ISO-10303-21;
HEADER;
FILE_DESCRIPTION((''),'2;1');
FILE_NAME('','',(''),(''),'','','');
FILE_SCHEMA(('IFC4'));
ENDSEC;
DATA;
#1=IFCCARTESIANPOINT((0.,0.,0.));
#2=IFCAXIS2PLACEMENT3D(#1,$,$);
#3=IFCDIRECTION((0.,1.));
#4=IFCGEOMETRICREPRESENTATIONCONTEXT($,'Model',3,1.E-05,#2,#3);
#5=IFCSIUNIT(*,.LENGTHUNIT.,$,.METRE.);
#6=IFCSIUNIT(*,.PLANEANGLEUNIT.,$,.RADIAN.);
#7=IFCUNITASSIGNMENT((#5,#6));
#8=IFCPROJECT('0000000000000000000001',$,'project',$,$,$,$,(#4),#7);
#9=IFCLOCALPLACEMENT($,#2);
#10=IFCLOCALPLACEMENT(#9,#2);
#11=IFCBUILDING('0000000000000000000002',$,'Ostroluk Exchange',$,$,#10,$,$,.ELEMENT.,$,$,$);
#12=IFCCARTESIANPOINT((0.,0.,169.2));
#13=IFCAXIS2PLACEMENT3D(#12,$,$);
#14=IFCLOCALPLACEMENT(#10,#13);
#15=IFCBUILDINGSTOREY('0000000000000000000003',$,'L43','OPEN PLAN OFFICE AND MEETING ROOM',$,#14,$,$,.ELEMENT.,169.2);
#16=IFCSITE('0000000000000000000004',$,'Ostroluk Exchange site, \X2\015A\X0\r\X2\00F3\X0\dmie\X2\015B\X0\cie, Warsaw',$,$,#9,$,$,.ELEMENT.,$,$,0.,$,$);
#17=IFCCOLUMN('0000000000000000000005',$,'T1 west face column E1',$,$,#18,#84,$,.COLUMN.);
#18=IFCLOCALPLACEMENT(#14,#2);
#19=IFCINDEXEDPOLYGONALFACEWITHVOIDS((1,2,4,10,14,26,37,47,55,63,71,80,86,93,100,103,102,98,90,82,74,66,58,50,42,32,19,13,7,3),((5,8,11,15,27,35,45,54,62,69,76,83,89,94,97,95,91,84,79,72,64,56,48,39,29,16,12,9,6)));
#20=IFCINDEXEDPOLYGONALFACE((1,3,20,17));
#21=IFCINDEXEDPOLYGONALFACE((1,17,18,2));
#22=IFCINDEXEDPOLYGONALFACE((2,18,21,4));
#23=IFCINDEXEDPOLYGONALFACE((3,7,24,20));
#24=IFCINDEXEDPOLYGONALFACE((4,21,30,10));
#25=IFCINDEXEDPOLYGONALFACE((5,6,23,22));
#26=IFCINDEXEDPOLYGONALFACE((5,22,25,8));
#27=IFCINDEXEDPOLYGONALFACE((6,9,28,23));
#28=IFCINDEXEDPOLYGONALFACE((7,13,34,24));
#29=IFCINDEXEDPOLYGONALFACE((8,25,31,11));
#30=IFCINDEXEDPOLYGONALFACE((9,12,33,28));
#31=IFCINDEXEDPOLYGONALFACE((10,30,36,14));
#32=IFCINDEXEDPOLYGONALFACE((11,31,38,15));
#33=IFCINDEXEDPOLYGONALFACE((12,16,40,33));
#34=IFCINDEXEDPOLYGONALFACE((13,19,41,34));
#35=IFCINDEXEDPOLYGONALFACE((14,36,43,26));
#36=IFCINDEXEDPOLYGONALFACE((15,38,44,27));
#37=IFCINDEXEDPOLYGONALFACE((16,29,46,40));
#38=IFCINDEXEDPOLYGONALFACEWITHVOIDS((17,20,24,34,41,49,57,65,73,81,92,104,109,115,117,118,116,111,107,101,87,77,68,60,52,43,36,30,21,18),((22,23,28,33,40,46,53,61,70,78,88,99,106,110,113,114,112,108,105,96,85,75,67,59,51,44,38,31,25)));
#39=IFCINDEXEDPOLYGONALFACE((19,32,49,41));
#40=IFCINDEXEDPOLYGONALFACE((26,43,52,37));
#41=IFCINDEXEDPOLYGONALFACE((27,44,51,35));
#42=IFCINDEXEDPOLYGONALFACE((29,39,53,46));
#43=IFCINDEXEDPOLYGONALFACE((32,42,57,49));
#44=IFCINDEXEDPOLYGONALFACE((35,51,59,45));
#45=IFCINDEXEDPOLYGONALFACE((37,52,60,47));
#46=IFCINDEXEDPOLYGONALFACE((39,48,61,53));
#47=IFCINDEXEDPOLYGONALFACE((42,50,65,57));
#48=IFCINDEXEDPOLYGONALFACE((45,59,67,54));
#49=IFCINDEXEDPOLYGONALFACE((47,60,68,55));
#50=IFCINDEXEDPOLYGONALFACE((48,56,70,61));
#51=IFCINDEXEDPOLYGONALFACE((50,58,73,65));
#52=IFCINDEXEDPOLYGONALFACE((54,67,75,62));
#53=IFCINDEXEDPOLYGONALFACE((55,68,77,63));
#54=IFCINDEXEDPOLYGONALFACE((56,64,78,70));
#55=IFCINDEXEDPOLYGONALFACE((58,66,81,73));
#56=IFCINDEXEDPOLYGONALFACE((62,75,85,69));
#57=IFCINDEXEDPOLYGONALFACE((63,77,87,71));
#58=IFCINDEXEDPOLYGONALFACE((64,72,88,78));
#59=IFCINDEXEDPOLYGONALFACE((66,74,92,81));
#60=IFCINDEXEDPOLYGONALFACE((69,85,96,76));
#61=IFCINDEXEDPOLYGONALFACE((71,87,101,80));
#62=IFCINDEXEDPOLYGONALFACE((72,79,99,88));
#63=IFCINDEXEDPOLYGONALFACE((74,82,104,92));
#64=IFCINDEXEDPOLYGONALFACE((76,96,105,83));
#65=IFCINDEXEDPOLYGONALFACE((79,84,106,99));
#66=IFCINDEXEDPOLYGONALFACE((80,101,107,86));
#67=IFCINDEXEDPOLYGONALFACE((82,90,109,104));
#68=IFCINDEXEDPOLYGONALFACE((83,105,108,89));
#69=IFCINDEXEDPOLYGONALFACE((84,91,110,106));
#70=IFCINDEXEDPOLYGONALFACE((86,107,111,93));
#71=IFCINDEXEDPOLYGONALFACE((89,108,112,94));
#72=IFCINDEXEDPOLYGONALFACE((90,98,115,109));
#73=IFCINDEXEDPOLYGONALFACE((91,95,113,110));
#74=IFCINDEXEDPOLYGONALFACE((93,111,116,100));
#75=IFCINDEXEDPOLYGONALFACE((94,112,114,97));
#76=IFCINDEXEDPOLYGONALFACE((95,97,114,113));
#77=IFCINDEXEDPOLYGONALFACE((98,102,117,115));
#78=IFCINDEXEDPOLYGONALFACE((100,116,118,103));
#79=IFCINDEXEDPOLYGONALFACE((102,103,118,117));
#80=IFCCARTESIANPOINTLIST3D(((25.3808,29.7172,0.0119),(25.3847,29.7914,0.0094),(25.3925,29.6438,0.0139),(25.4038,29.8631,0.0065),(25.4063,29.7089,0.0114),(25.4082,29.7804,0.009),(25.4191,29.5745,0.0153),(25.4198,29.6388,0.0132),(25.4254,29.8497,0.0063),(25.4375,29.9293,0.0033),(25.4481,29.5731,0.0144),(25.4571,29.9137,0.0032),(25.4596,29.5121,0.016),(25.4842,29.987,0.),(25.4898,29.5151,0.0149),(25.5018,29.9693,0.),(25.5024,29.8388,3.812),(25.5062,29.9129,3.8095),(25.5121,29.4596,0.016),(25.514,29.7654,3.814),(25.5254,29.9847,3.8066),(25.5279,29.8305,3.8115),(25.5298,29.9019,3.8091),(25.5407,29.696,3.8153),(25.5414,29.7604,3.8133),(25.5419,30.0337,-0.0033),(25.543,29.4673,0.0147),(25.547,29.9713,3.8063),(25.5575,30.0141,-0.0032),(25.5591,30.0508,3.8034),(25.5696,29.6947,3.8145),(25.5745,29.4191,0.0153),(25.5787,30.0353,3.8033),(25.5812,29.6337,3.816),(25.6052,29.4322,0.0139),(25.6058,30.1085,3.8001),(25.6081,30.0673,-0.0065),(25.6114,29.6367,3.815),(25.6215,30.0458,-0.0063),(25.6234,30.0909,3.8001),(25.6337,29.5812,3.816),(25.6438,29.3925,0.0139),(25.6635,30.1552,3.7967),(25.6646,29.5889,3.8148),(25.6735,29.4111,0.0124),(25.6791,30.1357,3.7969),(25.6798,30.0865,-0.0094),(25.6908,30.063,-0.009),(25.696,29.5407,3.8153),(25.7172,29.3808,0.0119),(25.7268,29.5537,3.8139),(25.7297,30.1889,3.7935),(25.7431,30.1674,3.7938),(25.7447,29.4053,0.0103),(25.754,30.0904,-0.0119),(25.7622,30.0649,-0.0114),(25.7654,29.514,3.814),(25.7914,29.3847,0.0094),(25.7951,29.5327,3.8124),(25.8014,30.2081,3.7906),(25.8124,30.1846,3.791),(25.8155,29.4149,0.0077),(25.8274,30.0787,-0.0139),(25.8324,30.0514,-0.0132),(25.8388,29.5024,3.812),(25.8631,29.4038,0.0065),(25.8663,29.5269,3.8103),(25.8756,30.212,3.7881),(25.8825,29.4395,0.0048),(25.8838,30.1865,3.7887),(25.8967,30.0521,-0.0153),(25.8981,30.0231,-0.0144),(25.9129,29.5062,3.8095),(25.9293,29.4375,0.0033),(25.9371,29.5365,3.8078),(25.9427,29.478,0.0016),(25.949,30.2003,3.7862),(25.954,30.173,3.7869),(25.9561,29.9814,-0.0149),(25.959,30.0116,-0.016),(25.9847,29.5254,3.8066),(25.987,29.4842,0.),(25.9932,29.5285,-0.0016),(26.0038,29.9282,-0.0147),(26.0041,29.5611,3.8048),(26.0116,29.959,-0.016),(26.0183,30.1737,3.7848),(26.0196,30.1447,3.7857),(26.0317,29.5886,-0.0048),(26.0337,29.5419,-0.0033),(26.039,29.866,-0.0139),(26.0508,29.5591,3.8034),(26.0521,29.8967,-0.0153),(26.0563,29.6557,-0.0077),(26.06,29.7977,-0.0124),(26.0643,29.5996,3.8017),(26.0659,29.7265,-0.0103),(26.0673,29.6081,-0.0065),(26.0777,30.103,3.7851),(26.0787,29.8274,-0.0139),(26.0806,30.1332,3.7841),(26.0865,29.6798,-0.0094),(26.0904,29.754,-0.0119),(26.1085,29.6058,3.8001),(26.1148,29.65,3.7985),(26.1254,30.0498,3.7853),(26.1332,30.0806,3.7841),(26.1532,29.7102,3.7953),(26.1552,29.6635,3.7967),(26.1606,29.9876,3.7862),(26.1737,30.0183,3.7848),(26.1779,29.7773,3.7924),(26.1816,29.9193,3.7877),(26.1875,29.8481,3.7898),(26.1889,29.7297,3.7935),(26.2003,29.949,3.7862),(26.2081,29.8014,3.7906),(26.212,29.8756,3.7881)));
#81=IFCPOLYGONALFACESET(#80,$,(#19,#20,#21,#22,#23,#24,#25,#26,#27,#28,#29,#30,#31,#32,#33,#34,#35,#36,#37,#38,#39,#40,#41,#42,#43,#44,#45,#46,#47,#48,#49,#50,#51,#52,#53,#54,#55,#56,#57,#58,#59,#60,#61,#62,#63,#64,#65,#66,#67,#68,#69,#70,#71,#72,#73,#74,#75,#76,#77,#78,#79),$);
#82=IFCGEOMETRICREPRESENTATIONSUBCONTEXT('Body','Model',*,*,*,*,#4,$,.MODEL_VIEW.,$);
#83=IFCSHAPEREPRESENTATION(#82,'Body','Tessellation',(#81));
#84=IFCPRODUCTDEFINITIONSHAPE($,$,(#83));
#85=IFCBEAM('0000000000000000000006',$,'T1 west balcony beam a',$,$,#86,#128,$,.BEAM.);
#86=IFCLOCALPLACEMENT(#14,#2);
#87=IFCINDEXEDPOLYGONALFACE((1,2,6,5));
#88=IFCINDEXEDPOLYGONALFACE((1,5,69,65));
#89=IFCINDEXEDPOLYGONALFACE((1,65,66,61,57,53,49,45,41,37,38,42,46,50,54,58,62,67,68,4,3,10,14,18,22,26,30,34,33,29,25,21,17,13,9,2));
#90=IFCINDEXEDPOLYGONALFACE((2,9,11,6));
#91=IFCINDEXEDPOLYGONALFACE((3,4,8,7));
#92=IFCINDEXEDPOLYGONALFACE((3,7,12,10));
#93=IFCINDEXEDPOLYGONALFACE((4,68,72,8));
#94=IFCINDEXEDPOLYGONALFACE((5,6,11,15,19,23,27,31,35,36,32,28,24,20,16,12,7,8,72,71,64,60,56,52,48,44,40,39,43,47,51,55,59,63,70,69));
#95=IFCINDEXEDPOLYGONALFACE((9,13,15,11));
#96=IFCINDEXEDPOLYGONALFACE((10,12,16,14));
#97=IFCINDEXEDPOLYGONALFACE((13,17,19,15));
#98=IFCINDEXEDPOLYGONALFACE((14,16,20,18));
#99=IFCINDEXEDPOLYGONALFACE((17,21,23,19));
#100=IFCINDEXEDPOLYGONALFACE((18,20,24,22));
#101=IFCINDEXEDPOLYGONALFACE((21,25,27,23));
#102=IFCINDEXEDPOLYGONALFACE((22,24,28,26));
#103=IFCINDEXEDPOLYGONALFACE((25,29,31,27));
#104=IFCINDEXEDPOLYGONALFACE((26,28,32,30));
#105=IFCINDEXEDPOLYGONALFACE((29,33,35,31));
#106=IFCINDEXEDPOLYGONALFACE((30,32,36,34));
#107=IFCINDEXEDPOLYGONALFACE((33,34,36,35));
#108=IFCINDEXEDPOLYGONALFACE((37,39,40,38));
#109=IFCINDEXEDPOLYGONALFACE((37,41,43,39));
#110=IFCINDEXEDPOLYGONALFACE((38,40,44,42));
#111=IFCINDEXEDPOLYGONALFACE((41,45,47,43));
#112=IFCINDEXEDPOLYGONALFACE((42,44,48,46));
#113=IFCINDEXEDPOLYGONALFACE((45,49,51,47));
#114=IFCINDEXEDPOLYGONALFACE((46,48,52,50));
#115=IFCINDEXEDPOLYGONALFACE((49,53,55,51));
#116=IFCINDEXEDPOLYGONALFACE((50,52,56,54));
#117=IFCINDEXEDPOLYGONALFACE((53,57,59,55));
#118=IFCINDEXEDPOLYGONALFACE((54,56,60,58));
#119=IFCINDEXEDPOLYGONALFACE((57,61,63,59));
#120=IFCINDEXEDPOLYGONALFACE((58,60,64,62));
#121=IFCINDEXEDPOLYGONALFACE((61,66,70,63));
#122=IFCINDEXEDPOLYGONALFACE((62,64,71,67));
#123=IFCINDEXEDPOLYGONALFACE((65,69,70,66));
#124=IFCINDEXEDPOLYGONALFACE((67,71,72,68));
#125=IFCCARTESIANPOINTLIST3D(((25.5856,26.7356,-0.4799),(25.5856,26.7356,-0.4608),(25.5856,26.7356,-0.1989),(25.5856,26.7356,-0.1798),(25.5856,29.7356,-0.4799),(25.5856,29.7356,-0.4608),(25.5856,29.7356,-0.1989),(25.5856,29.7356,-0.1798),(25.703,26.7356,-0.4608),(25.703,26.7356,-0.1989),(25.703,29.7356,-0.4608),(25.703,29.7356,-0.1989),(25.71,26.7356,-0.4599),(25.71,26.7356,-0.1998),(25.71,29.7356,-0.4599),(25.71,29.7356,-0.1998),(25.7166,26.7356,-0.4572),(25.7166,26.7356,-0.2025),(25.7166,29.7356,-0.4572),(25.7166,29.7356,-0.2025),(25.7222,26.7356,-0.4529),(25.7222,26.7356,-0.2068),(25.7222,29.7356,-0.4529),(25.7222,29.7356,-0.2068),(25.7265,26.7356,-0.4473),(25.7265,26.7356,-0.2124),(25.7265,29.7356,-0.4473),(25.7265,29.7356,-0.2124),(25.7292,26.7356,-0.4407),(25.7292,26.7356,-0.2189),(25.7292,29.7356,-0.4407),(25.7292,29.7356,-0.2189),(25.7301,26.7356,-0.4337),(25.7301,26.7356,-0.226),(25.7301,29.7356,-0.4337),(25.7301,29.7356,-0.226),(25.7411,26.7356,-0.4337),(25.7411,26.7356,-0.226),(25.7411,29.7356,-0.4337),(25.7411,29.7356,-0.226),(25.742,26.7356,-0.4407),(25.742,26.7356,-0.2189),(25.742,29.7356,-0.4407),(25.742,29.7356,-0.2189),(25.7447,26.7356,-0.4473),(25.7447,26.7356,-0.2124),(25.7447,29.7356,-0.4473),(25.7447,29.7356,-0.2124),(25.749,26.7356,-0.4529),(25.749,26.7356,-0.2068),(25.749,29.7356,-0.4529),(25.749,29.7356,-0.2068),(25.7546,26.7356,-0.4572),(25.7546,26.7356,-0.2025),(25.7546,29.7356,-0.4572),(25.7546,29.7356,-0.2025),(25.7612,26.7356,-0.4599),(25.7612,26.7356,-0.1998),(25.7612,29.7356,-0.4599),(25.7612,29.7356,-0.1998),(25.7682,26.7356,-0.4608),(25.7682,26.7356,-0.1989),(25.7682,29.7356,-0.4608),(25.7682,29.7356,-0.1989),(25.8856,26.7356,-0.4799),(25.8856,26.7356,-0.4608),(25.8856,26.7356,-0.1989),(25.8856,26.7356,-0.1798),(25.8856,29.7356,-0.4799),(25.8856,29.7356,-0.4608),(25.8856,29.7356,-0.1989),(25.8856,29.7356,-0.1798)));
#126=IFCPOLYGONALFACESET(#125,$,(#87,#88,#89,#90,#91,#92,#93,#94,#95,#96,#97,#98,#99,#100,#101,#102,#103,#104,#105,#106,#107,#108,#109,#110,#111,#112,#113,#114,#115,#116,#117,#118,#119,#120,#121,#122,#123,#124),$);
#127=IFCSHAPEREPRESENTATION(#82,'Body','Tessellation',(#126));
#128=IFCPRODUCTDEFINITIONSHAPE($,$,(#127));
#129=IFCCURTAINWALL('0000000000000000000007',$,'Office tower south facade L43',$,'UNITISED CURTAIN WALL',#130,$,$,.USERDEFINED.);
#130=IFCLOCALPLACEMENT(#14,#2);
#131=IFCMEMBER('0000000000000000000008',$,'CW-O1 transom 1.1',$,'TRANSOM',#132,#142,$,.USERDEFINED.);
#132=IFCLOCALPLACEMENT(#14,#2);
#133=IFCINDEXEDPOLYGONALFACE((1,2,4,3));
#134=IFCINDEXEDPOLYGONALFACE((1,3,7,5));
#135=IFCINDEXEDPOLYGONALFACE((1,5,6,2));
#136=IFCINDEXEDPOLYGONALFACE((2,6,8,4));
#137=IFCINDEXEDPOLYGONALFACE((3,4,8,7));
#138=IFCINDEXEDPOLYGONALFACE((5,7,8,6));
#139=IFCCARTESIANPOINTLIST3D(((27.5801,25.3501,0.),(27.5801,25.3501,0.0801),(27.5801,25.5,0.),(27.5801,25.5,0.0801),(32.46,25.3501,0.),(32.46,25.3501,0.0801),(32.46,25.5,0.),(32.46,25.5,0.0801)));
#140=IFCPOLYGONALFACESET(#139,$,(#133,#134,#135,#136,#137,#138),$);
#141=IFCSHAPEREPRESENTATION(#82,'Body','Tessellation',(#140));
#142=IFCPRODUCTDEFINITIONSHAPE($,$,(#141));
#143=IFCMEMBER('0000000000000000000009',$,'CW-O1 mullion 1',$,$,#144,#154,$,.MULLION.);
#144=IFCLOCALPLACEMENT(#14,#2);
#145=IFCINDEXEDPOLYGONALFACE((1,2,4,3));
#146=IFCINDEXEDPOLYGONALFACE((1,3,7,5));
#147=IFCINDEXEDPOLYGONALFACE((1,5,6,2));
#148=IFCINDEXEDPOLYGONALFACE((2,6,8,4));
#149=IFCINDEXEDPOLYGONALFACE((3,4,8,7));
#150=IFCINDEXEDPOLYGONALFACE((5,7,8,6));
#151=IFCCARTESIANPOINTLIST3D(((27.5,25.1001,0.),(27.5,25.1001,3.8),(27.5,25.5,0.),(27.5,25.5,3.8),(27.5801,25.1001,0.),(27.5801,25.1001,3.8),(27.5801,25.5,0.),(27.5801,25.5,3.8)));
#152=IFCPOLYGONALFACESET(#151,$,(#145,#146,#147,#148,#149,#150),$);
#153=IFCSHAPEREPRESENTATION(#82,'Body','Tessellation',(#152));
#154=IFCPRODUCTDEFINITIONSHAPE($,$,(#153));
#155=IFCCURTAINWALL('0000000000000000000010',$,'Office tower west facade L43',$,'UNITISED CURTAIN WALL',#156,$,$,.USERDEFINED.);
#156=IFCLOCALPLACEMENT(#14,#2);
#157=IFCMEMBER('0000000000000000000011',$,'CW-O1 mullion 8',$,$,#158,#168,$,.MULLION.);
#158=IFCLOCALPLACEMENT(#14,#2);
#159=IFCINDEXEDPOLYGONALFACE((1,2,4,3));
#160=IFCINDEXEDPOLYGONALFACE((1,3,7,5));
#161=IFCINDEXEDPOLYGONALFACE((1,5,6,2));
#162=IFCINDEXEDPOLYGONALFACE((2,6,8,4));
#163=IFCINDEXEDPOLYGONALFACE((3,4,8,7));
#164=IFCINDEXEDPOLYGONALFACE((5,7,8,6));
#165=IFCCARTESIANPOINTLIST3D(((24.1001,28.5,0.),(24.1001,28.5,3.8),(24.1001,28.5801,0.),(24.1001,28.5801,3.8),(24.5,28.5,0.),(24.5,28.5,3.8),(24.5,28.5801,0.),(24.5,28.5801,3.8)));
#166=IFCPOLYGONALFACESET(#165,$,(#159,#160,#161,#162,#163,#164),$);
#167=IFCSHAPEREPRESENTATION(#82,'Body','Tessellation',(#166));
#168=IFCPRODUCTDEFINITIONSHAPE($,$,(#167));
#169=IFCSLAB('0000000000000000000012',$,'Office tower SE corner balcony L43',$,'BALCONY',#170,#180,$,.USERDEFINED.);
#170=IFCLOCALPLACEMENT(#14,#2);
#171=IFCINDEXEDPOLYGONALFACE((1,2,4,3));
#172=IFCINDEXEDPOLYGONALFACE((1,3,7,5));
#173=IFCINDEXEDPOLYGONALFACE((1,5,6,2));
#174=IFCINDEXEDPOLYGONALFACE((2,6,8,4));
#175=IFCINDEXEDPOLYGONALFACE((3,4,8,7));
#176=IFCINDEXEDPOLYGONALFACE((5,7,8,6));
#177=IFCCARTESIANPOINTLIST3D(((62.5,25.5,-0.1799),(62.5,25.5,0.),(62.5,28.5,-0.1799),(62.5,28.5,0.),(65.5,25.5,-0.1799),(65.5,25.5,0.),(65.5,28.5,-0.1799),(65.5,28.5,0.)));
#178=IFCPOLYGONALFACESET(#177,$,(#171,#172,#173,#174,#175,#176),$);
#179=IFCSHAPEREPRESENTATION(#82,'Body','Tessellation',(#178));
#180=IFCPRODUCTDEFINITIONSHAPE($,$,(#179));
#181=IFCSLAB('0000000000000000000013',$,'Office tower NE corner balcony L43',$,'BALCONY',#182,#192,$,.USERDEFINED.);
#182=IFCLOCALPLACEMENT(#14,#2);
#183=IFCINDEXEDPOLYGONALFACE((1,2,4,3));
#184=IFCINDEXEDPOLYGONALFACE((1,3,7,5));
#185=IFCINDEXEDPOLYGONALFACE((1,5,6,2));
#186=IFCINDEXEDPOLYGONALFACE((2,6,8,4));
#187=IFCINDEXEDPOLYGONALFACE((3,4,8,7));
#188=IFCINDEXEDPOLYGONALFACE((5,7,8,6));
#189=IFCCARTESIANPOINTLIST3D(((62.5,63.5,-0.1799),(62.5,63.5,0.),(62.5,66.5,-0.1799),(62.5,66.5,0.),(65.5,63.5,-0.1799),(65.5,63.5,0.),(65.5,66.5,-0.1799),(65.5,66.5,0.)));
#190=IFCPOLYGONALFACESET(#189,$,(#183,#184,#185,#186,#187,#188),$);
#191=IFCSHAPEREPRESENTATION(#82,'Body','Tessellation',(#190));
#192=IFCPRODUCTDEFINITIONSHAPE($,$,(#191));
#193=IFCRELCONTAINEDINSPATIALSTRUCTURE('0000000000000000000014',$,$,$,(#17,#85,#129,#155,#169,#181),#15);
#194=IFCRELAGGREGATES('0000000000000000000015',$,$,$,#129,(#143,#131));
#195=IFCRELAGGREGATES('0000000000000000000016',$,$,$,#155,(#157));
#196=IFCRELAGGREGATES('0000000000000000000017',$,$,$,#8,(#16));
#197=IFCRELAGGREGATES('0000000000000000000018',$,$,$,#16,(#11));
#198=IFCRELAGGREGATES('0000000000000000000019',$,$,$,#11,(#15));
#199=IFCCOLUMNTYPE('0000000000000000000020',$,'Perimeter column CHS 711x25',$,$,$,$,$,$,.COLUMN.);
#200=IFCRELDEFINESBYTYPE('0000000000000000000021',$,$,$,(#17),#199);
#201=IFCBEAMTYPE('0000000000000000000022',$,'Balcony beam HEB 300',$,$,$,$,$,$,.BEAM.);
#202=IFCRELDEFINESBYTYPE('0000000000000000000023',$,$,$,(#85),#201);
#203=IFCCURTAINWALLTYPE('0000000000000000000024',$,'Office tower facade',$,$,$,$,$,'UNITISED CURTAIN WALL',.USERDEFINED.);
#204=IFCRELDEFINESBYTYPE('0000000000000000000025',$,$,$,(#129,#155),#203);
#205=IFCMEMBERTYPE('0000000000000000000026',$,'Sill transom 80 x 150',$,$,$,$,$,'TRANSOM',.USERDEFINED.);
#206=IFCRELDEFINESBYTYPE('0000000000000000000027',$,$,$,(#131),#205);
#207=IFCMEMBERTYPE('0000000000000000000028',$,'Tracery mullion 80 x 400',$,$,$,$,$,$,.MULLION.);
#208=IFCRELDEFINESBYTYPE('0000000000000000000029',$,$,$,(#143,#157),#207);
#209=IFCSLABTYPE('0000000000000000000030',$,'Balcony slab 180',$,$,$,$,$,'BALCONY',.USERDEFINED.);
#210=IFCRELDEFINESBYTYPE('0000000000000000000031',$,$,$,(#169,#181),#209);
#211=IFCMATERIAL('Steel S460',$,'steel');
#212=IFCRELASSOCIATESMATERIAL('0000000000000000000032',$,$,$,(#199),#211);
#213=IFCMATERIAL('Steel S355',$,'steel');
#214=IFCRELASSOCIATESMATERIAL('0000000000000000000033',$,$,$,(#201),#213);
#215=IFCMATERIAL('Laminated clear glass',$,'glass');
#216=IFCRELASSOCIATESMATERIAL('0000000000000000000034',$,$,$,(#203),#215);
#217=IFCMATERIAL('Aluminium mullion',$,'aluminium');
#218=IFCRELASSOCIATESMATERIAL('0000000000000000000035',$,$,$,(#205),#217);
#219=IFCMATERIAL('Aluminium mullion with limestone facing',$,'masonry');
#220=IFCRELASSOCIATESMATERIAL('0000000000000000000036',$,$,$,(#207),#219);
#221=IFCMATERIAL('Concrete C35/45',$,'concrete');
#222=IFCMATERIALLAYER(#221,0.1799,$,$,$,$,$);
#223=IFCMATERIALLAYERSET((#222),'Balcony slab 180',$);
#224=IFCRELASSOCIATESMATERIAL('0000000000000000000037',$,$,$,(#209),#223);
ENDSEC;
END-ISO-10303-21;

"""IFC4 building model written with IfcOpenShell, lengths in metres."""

from ifc_helpers import new_model, si_unit, direction, frame, origin, origin_2d, place, context, subcontext, project, spatial, polyline, rectangle, hollow_circle, i_section, outline, extrude, material, layer, layer_set, material_profile, profile_set, type_object, element, aggregate, save


model = new_model("IFC4")

# Units and contexts
model_context = context("Model", 3, precision=1e-05, world=origin(), true_north=direction((0.0, 1.0)))
body_context = subcontext(model_context, "Body", "Model", "MODEL_VIEW")
ifc_project = project(units=[si_unit("LENGTHUNIT", "METRE"), si_unit("PLANEANGLEUNIT", "RADIAN")], contexts=[model_context])

# Site, building, storey
site_placement = place(None, origin())
site = spatial("IfcSite", under=ifc_project, at=site_placement, Name="Ostroluk Exchange site, Śródmieście, Warsaw", CompositionType="ELEMENT", RefElevation=0.0)
building_placement = place(site_placement, origin())
building = spatial("IfcBuilding", under=site, at=building_placement, Name="Ostroluk Exchange", CompositionType="ELEMENT")
storey_placement = place(building_placement, frame((0.0, 0.0, 169.2)))
storey = spatial("IfcBuildingStorey", under=building, at=storey_placement, Name="L43", Description="OPEN PLAN OFFICE AND MEETING ROOM", CompositionType="ELEMENT", Elevation=169.2)

# Column
ifc_material_1 = material(Name="Steel S460", Category="steel")
ifc_material_profile_1 = material_profile(ifc_material_1, hollow_circle(Radius=0.3555, WallThickness=0.0249, at=origin_2d()), Name="CHS 711x25")
ifc_profile_set_1 = profile_set([ifc_material_profile_1], Name="Steel S460")
column_type = type_object("IfcColumnType", Name="Perimeter column CHS 711x25", PredefinedType="COLUMN", material=ifc_profile_set_1)
column_placement = place(storey_placement, frame((25.7356, 29.7356, 0.0), z_axis=(0.031962, 0.031962, 0.998978), x_axis=(-0.707107, 0.707107, 0.0)))
element("IfcColumn", 1, at=column_placement, inside=storey, type_object=column_type, Name="T1 west face column E1", PredefinedType="COLUMN", context=body_context, shape_type="SweptSolid", body=[
    extrude(hollow_circle(Radius=0.3555, WallThickness=0.0249, at=origin_2d()), origin(), (0.0, 0.0, 1.0), 3.804),
])

# Beam
ifc_material_2 = material(Name="Steel S355", Category="steel")
ifc_material_profile_2 = material_profile(ifc_material_2, i_section(OverallWidth=0.3, OverallDepth=0.3, WebThickness=0.011, FlangeThickness=0.019, FilletRadius=0.0271, at=origin_2d()), Name="HEB 300")
ifc_profile_set_2 = profile_set([ifc_material_profile_2], Name="Steel S355")
beam_type = type_object("IfcBeamType", Name="Balcony beam HEB 300", PredefinedType="BEAM", material=ifc_profile_set_2)
beam_placement = place(storey_placement, frame((25.7356, 29.7356, -0.3298), z_axis=(0.0, -1.0, 0.0), x_axis=(1.0, 0.0, 0.0)))
element("IfcBeam", 2, at=beam_placement, inside=storey, type_object=beam_type, Name="T1 west balcony beam a", PredefinedType="BEAM", context=body_context, shape_type="SweptSolid", body=[
    extrude(i_section(OverallWidth=0.3, OverallDepth=0.3, WebThickness=0.011, FlangeThickness=0.019, FilletRadius=0.0271, at=origin_2d()), origin(), (0.0, 0.0, 1.0), 3.0),
])

# Curtain wall, members
ifc_material_3 = material(Name="Laminated clear glass", Category="glass")
curtain_wall_type = type_object("IfcCurtainWallType", Name="Office tower facade", ElementType="UNITISED CURTAIN WALL", PredefinedType="USERDEFINED", material=ifc_material_3)
curtain_wall_1_placement = place(storey_placement, origin())
curtain_wall_1 = element("IfcCurtainWall", 3, at=curtain_wall_1_placement, inside=storey, type_object=curtain_wall_type, Name="Office tower south facade L43", ObjectType="UNITISED CURTAIN WALL", PredefinedType="USERDEFINED")
ifc_material_4 = material(Name="Aluminium mullion", Category="aluminium")
ifc_material_profile_3 = material_profile(ifc_material_4, rectangle(XDim=0.1499, YDim=0.0801, at=origin_2d()), Name="Sill transom 80 x 150")
ifc_profile_set_3 = profile_set([ifc_material_profile_3], Name="Aluminium mullion")
member_type_1 = type_object("IfcMemberType", Name="Sill transom 80 x 150", ElementType="TRANSOM", PredefinedType="USERDEFINED", material=ifc_profile_set_3)
member_1_placement = place(storey_placement, frame((27.5801, 25.425, 0.04), z_axis=(1.0, 0.0, 0.0), x_axis=(0.0, 1.0, 0.0)))
member_1 = element("IfcMember", 4, at=member_1_placement, type_object=member_type_1, Name="CW-O1 transom 1.1", ObjectType="TRANSOM", PredefinedType="USERDEFINED", context=body_context, shape_type="SweptSolid", body=[
    extrude(rectangle(XDim=0.1499, YDim=0.0801, at=origin_2d()), origin(), (0.0, 0.0, 1.0), 4.8799),
])
ifc_material_5 = material(Name="Aluminium mullion with limestone facing", Category="masonry")
ifc_material_profile_4 = material_profile(ifc_material_5, rectangle(XDim=0.3999, YDim=0.0801, at=origin_2d()), Name="Tracery mullion 80 x 400")
ifc_profile_set_4 = profile_set([ifc_material_profile_4], Name="Aluminium mullion with limestone facing")
member_type_2 = type_object("IfcMemberType", Name="Tracery mullion 80 x 400", PredefinedType="MULLION", material=ifc_profile_set_4)
member_2_placement = place(storey_placement, frame((27.54, 25.3, 0.0), z_axis=(0.0, 0.0, 1.0), x_axis=(0.0, 1.0, 0.0)))
member_2 = element("IfcMember", 5, at=member_2_placement, type_object=member_type_2, Name="CW-O1 mullion 1", PredefinedType="MULLION", context=body_context, shape_type="SweptSolid", body=[
    extrude(rectangle(XDim=0.3999, YDim=0.0801, at=origin_2d()), origin(), (0.0, 0.0, 1.0), 3.8),
])
aggregate(curtain_wall_1, [member_2, member_1])

# Curtain wall, member
curtain_wall_2_placement = place(storey_placement, origin())
curtain_wall_2 = element("IfcCurtainWall", 6, at=curtain_wall_2_placement, inside=storey, type_object=curtain_wall_type, Name="Office tower west facade L43", ObjectType="UNITISED CURTAIN WALL", PredefinedType="USERDEFINED")
member_3_placement = place(storey_placement, frame((24.3, 28.54, 0.0), z_axis=(0.0, 0.0, 1.0), x_axis=(1.0, 0.0, 0.0)))
member_3 = element("IfcMember", 7, at=member_3_placement, type_object=member_type_2, Name="CW-O1 mullion 8", PredefinedType="MULLION", context=body_context, shape_type="SweptSolid", body=[
    extrude(rectangle(XDim=0.3999, YDim=0.0801, at=origin_2d()), origin(), (0.0, 0.0, 1.0), 3.8),
])

# Slabs
ifc_material_6 = material(Name="Concrete C35/45", Category="concrete")
ifc_layer_1 = layer(ifc_material_6, 0.1799)
ifc_layer_set_1 = layer_set([ifc_layer_1], Name="Balcony slab 180")
slab_type_1 = type_object("IfcSlabType", Name="Balcony slab 180", ElementType="BALCONY", PredefinedType="USERDEFINED", material=ifc_layer_set_1)
slab_1_placement = place(storey_placement, frame((0.0, 0.0, -0.1799)))
element("IfcSlab", 8, at=slab_1_placement, inside=storey, type_object=slab_type_1, Name="Office tower SE corner balcony L43", ObjectType="BALCONY", PredefinedType="USERDEFINED", context=body_context, shape_type="SweptSolid", body=[
    extrude(outline(polyline([(62.5, 25.5), (65.5, 25.5), (65.5, 28.5), (62.5, 28.5), (62.5, 25.5)])), origin(), (0.0, 0.0, 1.0), 0.1799),
])
slab_2_placement = place(storey_placement, frame((0.0, 0.0, -0.1799)))
element("IfcSlab", 9, at=slab_2_placement, inside=storey, type_object=slab_type_1, Name="Office tower NE corner balcony L43", ObjectType="BALCONY", PredefinedType="USERDEFINED", context=body_context, shape_type="SweptSolid", body=[
    extrude(outline(polyline([(62.5, 63.5), (65.5, 63.5), (65.5, 66.5), (62.5, 66.5), (62.5, 63.5)])), origin(), (0.0, 0.0, 1.0), 0.1799),
])

aggregate(curtain_wall_2, [member_3])

save(model, "model.ifc")
